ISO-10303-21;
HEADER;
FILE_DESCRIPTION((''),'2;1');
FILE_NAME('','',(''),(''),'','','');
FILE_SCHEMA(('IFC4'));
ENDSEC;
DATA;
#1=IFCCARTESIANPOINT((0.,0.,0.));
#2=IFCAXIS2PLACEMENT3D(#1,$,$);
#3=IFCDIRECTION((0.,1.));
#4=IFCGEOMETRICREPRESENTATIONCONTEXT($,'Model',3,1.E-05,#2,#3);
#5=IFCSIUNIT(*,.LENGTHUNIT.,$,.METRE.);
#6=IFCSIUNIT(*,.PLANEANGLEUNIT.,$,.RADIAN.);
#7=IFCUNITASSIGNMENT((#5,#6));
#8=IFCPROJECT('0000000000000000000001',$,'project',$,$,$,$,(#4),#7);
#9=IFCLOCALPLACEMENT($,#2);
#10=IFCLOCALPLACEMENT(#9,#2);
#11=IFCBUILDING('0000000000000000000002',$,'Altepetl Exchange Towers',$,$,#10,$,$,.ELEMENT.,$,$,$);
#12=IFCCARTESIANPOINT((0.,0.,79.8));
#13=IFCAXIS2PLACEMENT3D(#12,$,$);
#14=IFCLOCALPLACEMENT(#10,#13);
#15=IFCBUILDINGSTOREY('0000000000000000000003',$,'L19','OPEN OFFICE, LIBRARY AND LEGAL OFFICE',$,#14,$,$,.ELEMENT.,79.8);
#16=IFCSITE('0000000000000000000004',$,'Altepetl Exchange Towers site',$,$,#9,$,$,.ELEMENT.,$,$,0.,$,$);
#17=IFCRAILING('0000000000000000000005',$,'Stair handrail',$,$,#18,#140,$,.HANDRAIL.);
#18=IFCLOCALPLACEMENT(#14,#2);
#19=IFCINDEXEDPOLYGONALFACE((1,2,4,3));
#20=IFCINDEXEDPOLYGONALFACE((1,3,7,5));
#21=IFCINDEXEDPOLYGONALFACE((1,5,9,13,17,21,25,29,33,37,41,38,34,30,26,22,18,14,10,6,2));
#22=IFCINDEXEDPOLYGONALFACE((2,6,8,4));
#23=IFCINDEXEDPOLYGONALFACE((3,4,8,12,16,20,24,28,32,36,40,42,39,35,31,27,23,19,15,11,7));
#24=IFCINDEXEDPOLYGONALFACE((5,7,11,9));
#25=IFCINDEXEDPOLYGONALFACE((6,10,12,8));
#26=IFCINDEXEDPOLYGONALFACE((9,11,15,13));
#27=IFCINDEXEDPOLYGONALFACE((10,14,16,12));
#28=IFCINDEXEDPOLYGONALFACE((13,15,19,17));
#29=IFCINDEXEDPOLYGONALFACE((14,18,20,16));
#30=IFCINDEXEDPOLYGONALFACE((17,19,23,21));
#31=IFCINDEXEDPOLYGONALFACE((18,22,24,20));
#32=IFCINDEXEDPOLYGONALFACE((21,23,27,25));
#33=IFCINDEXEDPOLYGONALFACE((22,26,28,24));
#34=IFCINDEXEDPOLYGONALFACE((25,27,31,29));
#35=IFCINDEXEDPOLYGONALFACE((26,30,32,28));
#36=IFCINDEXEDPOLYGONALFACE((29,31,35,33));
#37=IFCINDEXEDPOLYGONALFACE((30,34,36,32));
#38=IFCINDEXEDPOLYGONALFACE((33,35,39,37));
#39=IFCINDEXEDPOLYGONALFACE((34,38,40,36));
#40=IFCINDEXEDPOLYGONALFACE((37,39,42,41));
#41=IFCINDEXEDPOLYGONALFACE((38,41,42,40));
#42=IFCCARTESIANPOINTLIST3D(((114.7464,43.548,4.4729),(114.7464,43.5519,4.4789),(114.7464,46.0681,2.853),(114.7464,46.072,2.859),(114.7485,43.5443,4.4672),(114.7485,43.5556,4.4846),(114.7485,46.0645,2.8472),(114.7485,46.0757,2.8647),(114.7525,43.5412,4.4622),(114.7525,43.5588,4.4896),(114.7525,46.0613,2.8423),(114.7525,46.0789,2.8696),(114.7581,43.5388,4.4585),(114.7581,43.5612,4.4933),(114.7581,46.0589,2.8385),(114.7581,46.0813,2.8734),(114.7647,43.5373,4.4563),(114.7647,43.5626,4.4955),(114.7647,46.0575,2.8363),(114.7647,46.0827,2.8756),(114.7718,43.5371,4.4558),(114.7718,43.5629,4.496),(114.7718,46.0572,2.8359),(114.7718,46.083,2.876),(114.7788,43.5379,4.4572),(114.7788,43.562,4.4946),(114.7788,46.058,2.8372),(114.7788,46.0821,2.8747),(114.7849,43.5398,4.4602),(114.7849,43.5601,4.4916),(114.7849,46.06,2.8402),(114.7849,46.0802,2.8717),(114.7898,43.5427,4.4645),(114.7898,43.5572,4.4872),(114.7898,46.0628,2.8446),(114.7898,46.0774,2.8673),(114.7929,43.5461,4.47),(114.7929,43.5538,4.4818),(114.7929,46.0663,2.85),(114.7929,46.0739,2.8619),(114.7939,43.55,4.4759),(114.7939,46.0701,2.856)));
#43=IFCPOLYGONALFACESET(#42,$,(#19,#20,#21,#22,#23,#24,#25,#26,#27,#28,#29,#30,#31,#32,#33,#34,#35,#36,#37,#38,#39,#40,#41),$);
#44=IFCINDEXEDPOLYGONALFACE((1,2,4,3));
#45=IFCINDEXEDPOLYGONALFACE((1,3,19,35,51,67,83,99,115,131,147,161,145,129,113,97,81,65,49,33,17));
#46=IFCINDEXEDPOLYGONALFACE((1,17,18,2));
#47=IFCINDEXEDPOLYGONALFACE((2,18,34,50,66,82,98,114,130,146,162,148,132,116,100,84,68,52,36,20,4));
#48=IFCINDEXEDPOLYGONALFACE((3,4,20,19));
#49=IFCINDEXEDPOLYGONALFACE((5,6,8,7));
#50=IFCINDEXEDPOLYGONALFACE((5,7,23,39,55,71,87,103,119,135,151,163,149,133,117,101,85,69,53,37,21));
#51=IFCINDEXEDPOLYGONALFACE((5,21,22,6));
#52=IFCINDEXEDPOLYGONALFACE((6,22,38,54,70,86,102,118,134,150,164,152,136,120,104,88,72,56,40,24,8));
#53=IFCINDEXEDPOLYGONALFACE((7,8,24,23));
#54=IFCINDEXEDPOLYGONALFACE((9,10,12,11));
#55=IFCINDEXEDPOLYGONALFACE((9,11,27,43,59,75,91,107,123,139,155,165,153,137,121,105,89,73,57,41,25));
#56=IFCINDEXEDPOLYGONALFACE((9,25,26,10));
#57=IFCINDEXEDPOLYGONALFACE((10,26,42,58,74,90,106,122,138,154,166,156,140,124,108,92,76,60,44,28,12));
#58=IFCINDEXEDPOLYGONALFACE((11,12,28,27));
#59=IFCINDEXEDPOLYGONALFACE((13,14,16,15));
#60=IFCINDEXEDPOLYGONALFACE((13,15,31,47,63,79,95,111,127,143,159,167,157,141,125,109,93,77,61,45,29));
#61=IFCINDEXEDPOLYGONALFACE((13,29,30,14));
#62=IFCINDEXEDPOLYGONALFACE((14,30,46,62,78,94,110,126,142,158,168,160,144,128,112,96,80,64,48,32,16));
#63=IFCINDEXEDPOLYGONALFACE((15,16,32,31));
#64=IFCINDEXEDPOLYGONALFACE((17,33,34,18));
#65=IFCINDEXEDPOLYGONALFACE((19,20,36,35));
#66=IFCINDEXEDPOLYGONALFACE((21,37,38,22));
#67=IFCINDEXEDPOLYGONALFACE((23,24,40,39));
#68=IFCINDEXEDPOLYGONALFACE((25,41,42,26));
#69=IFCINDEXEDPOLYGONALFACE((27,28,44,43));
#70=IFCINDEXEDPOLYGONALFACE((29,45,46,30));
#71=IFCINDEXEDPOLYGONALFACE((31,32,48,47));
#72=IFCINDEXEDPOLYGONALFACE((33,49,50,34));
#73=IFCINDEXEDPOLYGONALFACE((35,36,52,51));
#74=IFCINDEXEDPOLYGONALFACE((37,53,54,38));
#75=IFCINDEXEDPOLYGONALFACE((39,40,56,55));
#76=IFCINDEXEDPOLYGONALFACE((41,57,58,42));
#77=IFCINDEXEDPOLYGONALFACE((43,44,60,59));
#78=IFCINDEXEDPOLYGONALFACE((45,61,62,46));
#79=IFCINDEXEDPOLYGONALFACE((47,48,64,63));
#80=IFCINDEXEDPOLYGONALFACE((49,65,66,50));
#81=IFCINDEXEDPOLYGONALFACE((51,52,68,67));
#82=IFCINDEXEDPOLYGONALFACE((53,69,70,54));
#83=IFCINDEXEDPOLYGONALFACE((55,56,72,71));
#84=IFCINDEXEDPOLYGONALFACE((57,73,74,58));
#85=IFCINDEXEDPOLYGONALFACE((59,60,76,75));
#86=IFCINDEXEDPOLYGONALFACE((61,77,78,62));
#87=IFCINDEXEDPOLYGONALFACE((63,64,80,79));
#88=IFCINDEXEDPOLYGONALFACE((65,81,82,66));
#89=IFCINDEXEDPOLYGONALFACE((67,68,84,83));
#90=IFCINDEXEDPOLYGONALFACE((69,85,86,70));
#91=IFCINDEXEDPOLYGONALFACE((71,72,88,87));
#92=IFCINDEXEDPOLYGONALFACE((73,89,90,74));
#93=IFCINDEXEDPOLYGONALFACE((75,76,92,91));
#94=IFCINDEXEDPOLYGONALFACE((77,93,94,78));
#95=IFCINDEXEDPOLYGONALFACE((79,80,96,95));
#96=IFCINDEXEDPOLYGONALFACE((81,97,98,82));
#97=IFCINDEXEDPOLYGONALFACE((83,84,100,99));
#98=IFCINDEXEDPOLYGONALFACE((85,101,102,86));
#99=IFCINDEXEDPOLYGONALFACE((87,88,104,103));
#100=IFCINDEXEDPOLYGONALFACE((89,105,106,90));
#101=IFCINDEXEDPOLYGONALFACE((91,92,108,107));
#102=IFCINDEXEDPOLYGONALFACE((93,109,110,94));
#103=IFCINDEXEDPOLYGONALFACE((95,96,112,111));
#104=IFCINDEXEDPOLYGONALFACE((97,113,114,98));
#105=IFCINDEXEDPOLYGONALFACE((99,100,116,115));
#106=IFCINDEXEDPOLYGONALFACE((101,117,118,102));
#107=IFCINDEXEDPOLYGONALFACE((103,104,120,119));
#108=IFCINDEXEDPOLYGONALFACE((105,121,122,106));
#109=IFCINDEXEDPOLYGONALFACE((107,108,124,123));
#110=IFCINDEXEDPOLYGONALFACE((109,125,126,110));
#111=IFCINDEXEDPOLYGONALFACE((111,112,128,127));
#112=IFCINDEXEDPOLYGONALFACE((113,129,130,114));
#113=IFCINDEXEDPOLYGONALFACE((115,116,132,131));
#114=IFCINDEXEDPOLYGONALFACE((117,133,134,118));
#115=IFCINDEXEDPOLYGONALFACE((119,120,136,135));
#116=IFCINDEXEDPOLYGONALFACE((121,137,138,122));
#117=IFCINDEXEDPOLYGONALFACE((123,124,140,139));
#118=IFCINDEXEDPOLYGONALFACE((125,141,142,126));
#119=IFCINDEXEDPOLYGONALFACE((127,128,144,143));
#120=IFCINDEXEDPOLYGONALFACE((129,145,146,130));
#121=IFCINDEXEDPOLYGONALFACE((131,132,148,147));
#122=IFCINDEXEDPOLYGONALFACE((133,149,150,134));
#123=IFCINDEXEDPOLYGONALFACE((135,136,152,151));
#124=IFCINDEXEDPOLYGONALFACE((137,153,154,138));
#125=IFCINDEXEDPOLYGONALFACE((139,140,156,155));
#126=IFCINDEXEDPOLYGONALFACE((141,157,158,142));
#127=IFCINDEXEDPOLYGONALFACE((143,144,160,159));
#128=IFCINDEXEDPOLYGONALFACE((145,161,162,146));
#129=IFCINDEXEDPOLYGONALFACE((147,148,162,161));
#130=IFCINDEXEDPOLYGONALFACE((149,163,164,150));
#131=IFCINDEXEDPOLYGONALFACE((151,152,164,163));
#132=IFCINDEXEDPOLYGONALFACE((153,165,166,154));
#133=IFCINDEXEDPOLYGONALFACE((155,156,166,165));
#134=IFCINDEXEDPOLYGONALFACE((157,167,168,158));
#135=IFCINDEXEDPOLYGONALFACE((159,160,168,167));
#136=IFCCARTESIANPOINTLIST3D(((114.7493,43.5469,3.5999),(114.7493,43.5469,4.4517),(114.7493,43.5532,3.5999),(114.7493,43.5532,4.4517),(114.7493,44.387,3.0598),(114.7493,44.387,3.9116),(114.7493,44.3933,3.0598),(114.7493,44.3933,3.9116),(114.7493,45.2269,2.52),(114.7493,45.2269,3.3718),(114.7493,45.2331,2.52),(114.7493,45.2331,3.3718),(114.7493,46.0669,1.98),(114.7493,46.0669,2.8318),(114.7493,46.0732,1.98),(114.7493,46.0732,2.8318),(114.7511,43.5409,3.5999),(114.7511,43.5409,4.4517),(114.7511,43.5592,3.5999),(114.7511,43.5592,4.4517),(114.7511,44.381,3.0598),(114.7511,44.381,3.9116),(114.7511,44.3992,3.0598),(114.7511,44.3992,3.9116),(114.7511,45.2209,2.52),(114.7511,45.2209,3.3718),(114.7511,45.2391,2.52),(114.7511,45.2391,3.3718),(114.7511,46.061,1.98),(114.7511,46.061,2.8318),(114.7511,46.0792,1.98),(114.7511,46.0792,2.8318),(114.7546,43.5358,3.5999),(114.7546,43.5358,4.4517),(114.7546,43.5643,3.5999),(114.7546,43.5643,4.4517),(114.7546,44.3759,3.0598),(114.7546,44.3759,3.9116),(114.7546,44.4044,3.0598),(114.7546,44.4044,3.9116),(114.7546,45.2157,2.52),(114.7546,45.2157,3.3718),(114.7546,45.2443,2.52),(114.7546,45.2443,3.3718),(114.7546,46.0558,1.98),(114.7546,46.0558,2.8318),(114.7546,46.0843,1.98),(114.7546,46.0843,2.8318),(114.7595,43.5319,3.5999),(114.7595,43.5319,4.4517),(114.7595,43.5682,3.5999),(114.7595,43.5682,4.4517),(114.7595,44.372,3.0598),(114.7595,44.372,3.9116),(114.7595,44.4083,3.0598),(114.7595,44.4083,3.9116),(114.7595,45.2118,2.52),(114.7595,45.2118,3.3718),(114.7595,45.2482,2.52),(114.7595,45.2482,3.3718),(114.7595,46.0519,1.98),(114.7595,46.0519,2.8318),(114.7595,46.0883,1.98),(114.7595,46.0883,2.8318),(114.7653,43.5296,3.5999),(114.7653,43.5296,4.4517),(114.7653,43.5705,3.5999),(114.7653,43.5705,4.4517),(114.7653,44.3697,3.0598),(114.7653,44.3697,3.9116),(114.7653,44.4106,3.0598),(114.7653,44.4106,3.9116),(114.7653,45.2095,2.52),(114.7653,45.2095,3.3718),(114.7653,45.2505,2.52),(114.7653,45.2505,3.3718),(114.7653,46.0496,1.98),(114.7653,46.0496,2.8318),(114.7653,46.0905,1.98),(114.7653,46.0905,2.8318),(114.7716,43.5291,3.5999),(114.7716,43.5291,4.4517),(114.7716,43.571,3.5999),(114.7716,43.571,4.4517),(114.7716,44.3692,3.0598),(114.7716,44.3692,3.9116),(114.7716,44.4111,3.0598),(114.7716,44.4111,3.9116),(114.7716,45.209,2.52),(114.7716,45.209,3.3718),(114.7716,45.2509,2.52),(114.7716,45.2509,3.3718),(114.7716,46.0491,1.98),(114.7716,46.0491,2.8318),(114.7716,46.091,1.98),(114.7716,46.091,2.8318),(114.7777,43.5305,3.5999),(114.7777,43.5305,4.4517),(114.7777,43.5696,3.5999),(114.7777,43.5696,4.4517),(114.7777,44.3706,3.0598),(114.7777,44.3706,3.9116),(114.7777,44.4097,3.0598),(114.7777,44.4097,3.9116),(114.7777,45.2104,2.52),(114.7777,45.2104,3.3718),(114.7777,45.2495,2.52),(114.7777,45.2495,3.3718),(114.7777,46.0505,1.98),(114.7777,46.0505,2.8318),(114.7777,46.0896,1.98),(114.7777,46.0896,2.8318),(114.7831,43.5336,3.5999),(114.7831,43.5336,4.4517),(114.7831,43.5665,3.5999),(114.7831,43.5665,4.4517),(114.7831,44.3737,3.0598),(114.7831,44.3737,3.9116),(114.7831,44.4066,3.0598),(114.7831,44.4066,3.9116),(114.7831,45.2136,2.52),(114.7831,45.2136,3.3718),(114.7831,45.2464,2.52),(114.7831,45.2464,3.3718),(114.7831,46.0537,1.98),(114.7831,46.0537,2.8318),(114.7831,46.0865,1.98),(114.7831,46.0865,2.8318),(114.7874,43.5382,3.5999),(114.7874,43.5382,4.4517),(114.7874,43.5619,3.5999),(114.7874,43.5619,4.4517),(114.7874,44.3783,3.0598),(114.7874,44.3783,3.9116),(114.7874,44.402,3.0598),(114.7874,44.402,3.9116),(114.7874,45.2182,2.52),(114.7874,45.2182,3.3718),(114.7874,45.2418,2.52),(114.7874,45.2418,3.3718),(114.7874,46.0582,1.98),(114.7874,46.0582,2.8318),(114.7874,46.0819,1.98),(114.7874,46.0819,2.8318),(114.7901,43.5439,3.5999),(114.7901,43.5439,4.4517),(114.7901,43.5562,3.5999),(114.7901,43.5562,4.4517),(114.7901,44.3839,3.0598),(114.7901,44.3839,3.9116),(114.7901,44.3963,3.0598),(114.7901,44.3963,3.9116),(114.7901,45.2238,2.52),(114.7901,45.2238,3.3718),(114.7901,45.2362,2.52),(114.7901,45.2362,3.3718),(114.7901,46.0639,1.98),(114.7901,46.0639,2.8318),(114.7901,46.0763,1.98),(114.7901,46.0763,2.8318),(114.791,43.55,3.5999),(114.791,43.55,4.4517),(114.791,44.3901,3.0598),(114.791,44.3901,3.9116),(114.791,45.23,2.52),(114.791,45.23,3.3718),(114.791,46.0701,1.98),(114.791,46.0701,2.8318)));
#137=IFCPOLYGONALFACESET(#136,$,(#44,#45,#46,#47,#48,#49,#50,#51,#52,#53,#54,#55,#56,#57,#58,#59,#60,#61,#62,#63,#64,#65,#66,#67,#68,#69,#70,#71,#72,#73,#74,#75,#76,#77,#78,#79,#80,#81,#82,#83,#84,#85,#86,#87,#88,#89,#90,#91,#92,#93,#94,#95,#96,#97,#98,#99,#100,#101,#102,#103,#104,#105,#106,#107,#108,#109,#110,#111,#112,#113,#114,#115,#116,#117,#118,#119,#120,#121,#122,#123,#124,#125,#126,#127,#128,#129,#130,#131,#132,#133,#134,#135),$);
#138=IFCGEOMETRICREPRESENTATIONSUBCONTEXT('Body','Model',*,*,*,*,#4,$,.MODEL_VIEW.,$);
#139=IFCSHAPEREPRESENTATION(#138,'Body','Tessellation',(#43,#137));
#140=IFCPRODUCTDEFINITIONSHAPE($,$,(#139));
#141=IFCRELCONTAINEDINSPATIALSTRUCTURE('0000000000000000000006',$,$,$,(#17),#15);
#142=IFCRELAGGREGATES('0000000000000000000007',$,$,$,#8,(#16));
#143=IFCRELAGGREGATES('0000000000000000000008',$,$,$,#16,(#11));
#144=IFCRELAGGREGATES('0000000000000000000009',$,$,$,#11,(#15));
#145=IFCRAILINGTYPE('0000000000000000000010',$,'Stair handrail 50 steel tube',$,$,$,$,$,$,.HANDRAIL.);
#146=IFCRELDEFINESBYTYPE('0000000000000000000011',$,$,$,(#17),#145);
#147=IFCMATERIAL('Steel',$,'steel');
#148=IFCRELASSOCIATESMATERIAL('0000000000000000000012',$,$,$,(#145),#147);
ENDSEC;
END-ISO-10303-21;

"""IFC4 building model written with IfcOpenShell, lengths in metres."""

from ifc_helpers import new_model, si_unit, direction, frame, origin, origin_2d, place, context, subcontext, project, spatial, circle, extrude, source, transform, mapped, material, type_object, element, save


model = new_model("IFC4")

# Units and contexts
model_context = context("Model", 3, precision=1e-05, world=origin(), true_north=direction((0.0, 1.0)))
body_context = subcontext(model_context, "Body", "Model", "MODEL_VIEW")
ifc_project = project(units=[si_unit("LENGTHUNIT", "METRE"), si_unit("PLANEANGLEUNIT", "RADIAN")], contexts=[model_context])

# Site, building, storey
site_placement = place(None, origin())
site = spatial("IfcSite", under=ifc_project, at=site_placement, Name="Altepetl Exchange Towers site", CompositionType="ELEMENT", RefElevation=0.0)
building_placement = place(site_placement, origin())
building = spatial("IfcBuilding", under=site, at=building_placement, Name="Altepetl Exchange Towers", CompositionType="ELEMENT")
storey_placement = place(building_placement, frame((0.0, 0.0, 79.8)))
storey = spatial("IfcBuildingStorey", under=building, at=storey_placement, Name="L19", Description="OPEN OFFICE, LIBRARY AND LEGAL OFFICE", CompositionType="ELEMENT", Elevation=79.8)

# Railing
ifc_material_1 = material(Name="Steel", Category="steel")
railing_type = type_object("IfcRailingType", Name="Stair handrail 50 steel tube", PredefinedType="HANDRAIL", material=ifc_material_1)
shared_shape = source(origin(), body_context, "Body", "SweptSolid", [
    extrude(circle(Radius=0.021, at=origin_2d()), origin(), (0.0, 0.0, 1.0), 0.8518),
])
railing_1_placement = place(storey_placement, frame((114.77, 46.0701, 1.98)))
element("IfcRailing", 1, at=railing_1_placement, inside=storey, type_object=railing_type, Name="Stair handrail", PredefinedType="HANDRAIL", context=body_context, shape_type="SweptSolid", body=[
    extrude(circle(Radius=0.0239, at=origin_2d()), frame((0.0, 0.0, 0.876), z_axis=(0.0, -0.8412, 0.540725), x_axis=(1.0, 0.0, 0.0)), (0.0, 0.0, 1.0), 2.9958),
    mapped(shared_shape, transform((0.0, 0.0, 0.0))),
    mapped(shared_shape, transform((0.0, -0.8401, 0.54))),
    mapped(shared_shape, transform((0.0, -1.6799, 1.0798))),
    mapped(shared_shape, transform((0.0, -2.52, 1.6199))),
])

save(model, "model.ifc")
